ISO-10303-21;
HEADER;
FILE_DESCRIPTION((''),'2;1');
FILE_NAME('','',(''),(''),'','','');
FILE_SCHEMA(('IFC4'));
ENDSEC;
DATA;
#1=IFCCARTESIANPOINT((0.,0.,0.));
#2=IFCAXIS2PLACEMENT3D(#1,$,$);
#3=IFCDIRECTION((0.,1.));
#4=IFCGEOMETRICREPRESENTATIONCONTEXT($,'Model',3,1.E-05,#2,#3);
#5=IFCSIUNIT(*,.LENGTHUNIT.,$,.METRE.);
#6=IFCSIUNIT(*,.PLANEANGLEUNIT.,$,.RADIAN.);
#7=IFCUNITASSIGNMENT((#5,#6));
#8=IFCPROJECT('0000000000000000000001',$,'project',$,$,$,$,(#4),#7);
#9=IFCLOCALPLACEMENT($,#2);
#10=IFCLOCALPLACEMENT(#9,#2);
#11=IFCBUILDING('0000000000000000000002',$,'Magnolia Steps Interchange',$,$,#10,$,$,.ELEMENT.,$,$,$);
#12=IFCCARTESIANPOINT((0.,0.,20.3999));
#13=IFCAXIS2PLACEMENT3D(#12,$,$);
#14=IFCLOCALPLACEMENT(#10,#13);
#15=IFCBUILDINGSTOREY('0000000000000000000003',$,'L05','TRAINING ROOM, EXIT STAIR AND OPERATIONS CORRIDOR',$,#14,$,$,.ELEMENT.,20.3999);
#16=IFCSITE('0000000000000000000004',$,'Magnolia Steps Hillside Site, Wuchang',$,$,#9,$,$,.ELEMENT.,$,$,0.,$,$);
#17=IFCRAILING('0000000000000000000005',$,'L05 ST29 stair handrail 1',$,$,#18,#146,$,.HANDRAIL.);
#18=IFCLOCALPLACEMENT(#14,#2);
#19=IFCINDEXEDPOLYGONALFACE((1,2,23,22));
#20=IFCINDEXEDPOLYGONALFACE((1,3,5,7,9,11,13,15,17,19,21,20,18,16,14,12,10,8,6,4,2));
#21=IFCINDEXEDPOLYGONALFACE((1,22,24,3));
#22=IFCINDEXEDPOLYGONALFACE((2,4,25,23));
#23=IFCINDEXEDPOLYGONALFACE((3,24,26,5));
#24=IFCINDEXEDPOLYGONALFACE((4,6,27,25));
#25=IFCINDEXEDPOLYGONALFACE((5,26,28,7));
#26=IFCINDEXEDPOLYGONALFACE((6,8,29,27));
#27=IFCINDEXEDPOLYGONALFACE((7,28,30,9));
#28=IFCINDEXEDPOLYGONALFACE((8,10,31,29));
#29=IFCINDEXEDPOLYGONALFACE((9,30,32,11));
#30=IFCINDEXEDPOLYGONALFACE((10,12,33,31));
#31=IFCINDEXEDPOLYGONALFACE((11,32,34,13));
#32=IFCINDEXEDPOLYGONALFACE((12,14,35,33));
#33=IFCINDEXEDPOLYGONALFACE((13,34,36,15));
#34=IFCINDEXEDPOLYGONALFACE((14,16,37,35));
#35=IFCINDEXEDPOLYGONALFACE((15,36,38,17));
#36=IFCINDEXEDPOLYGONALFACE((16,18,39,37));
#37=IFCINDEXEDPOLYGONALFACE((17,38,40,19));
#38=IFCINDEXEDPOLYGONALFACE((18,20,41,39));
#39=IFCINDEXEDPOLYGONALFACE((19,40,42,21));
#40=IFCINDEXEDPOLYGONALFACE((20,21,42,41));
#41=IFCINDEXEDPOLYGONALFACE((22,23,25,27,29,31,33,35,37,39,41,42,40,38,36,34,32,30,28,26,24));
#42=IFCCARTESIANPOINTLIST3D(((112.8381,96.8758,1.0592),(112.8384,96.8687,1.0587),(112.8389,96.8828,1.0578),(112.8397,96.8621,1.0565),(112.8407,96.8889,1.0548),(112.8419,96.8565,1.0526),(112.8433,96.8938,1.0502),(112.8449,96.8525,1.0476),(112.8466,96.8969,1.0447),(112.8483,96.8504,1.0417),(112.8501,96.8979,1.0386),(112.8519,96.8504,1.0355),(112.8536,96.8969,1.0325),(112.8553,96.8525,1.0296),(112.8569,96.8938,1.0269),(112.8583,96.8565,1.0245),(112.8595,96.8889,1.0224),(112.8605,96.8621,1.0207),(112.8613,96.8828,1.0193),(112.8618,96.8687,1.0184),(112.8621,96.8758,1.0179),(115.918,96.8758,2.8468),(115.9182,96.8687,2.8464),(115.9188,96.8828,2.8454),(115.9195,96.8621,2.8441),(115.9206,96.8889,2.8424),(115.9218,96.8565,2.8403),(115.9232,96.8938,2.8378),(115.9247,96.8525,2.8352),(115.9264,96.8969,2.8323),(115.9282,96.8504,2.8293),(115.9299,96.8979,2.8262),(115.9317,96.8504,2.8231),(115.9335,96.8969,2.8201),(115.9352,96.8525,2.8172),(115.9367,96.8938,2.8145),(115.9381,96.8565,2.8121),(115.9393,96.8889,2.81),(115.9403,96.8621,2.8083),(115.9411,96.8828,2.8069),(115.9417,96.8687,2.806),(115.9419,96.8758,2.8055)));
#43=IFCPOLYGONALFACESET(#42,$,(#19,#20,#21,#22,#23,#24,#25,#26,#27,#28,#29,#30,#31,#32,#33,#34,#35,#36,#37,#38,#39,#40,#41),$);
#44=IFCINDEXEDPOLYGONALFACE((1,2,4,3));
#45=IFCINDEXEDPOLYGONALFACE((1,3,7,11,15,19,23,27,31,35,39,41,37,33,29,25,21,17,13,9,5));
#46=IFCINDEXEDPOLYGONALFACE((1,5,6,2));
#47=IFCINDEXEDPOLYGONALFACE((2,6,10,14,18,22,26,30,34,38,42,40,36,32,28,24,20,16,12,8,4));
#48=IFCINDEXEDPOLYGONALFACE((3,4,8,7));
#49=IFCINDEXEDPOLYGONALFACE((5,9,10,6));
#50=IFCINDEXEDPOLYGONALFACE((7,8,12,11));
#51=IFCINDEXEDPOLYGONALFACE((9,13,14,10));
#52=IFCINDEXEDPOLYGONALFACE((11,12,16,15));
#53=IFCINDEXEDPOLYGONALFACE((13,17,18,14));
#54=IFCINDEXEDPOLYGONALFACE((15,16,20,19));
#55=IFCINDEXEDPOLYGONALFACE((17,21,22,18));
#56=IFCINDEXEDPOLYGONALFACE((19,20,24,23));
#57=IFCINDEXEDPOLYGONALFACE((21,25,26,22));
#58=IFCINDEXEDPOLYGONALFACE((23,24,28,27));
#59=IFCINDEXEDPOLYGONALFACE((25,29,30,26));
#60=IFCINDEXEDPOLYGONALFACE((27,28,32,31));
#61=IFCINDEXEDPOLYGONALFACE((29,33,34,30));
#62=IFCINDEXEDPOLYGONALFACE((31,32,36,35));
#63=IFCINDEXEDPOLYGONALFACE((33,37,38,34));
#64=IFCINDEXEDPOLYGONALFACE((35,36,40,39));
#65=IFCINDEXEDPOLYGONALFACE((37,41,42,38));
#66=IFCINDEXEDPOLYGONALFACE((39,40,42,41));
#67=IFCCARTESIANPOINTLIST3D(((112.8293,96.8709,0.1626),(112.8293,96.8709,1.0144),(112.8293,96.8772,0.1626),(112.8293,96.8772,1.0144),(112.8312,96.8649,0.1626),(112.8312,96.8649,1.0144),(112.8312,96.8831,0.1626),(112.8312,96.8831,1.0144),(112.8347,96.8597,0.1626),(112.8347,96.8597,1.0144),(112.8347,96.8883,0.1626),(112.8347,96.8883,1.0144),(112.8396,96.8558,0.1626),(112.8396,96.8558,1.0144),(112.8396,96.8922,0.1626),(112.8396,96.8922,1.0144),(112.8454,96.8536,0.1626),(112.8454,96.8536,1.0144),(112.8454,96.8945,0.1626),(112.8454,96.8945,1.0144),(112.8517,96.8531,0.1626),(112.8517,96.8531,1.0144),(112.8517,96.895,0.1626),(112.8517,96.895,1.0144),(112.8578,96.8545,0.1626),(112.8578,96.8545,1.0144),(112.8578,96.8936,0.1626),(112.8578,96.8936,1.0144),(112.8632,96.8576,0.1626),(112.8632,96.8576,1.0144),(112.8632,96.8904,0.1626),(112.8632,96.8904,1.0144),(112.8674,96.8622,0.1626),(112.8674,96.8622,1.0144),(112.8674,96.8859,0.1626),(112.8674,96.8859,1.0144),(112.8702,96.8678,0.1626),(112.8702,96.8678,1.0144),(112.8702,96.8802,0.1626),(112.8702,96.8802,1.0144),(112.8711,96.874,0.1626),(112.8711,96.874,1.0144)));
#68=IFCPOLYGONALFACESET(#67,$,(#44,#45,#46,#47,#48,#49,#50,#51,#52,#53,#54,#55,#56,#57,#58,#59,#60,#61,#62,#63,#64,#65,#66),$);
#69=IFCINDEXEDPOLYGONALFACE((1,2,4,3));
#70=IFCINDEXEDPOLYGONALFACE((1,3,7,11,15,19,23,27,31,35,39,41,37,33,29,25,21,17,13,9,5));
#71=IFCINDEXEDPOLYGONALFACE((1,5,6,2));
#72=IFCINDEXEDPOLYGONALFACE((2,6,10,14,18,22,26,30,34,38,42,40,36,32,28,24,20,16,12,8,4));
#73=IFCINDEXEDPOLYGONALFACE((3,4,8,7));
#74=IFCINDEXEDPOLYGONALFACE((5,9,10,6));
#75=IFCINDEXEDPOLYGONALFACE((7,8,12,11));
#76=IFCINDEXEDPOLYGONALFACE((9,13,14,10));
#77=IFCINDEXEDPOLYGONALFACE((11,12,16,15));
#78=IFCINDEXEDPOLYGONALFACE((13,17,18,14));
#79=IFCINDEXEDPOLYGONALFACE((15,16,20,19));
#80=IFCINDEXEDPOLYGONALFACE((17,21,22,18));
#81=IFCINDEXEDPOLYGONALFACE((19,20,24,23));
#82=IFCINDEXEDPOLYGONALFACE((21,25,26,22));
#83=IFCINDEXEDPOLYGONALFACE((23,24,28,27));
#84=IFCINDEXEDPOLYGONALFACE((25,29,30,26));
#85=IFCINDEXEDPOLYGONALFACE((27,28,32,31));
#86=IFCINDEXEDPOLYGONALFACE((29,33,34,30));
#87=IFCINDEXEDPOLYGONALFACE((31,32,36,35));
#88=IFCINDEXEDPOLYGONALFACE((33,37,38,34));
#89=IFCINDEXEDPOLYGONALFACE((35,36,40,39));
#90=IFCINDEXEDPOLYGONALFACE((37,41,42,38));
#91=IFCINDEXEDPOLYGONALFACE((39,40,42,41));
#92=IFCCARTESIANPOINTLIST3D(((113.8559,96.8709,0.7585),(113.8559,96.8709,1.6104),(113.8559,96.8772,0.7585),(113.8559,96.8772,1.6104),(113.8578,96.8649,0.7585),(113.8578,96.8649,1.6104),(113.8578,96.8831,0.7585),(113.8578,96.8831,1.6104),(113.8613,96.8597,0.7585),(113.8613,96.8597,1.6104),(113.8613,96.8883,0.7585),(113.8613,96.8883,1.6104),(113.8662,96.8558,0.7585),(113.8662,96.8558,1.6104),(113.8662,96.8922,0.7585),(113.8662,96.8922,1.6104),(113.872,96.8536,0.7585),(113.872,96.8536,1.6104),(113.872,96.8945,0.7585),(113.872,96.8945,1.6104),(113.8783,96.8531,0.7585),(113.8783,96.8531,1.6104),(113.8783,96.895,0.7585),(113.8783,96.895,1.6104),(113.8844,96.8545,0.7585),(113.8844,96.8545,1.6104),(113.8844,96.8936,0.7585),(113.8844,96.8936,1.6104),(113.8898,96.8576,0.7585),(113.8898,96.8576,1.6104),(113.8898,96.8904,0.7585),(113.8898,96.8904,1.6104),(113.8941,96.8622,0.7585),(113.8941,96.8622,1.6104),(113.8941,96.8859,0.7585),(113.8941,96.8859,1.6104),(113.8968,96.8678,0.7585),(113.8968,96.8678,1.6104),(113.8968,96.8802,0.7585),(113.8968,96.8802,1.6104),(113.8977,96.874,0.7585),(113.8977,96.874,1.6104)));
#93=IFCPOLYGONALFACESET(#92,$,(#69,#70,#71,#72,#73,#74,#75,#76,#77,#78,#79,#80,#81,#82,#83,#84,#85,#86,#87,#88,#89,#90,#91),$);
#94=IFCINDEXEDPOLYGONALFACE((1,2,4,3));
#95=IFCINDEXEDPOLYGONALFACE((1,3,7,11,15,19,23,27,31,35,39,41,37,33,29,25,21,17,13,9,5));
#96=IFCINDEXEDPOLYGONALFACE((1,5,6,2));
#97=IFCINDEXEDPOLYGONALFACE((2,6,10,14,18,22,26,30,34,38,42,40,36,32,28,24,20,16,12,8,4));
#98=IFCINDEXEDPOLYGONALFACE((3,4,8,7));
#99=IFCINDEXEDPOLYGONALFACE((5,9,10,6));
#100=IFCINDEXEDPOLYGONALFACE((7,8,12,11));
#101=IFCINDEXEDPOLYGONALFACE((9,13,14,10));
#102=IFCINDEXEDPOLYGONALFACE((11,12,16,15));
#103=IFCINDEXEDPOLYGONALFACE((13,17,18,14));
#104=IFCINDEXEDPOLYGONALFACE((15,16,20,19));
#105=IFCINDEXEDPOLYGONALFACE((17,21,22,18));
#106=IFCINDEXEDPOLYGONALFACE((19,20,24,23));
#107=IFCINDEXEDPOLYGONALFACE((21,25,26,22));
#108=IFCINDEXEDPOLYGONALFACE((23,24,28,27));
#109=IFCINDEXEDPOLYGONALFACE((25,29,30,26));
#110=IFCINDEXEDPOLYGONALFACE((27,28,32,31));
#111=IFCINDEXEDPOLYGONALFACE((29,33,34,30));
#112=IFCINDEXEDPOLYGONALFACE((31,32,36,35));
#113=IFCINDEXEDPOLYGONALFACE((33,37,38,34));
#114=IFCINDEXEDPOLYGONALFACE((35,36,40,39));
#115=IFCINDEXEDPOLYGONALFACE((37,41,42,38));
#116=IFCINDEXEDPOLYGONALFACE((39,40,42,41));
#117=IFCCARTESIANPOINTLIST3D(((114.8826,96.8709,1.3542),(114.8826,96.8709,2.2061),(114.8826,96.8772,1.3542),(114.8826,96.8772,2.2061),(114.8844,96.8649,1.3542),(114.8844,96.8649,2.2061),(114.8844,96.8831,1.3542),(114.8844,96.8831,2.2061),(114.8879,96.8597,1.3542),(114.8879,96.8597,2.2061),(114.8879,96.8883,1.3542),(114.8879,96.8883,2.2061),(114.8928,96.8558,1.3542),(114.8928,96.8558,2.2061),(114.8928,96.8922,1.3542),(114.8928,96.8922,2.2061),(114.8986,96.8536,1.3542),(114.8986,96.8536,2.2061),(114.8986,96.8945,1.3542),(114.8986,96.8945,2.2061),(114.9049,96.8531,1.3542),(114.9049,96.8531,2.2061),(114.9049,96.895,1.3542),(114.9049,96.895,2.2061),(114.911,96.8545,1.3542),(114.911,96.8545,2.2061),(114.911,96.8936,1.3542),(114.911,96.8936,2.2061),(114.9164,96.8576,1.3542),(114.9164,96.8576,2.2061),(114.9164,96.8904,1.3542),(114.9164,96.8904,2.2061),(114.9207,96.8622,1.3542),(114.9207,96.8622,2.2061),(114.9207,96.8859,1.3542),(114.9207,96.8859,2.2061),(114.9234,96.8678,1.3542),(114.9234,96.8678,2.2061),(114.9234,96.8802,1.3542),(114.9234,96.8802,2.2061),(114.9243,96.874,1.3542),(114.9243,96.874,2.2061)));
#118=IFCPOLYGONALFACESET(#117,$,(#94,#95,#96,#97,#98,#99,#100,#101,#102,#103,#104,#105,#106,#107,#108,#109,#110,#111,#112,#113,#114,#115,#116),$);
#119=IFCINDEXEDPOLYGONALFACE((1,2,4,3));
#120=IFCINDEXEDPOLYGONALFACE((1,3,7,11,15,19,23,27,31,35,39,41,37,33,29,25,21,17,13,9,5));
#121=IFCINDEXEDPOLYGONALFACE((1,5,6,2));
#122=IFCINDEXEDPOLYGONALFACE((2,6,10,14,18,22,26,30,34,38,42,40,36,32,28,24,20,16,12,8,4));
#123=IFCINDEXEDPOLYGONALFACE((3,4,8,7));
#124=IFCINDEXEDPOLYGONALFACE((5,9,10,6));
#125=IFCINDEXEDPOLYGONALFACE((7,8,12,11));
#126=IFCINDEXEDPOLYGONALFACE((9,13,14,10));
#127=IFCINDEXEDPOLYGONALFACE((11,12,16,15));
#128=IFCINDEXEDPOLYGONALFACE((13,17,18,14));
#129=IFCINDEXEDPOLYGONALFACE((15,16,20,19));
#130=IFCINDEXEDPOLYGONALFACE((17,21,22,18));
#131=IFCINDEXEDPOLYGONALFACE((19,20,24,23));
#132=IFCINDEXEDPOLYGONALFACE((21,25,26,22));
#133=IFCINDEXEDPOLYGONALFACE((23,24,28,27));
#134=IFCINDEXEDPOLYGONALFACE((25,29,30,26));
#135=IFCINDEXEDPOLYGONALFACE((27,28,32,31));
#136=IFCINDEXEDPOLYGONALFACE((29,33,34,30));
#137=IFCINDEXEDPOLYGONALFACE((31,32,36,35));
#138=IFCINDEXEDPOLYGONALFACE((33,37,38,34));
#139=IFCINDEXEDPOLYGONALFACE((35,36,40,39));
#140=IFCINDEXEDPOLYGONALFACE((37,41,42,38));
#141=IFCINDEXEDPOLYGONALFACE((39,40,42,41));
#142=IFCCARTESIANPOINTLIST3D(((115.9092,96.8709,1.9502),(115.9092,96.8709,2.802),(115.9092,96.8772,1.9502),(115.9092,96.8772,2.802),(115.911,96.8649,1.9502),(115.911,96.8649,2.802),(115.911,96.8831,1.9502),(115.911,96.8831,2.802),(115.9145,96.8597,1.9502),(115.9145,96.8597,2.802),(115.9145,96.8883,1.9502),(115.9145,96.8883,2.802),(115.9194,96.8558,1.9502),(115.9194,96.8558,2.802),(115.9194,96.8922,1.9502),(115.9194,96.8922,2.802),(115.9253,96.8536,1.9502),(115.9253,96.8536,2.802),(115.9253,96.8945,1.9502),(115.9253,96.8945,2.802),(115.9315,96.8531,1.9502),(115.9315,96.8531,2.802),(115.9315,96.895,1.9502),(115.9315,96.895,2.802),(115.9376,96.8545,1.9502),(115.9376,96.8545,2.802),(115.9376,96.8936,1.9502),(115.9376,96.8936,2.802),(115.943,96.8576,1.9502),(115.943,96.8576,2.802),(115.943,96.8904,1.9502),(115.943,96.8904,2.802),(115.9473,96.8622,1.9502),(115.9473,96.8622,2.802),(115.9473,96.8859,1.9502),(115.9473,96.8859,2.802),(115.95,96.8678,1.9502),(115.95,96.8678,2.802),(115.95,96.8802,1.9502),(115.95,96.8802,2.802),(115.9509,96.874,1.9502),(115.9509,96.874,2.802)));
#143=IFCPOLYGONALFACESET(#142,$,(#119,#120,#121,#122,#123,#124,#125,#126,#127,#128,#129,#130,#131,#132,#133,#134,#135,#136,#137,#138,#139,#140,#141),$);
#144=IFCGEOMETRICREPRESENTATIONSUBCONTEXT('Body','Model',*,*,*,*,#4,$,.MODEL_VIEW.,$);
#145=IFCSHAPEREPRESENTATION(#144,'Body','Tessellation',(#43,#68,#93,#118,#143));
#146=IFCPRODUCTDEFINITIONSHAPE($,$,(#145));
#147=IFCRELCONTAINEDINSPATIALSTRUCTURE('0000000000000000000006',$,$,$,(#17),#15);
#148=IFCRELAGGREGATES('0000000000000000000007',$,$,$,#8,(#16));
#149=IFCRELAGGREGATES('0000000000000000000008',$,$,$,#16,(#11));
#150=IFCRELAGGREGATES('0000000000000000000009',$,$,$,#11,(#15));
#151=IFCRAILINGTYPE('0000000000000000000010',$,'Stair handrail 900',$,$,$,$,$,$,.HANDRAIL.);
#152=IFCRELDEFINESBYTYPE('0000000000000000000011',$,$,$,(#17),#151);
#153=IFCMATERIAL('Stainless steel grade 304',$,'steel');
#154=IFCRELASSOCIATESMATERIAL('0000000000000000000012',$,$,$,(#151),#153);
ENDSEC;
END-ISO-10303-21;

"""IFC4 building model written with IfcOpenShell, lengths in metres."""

from ifc_helpers import new_model, si_unit, direction, frame, origin, origin_2d, place, context, subcontext, project, spatial, circle, extrude, material, type_object, element, save


model = new_model("IFC4")

# Units and contexts
model_context = context("Model", 3, precision=1e-05, world=origin(), true_north=direction((0.0, 1.0)))
body_context = subcontext(model_context, "Body", "Model", "MODEL_VIEW")
ifc_project = project(units=[si_unit("LENGTHUNIT", "METRE"), si_unit("PLANEANGLEUNIT", "RADIAN")], contexts=[model_context])

# Site, building, storey
site_placement = place(None, origin())
site = spatial("IfcSite", under=ifc_project, at=site_placement, Name="Magnolia Steps Hillside Site, Wuchang", CompositionType="ELEMENT", RefElevation=0.0)
building_placement = place(site_placement, origin())
building = spatial("IfcBuilding", under=site, at=building_placement, Name="Magnolia Steps Interchange", CompositionType="ELEMENT")
storey_placement = place(building_placement, frame((0.0, 0.0, 20.3999)))
storey = spatial("IfcBuildingStorey", under=building, at=storey_placement, Name="L05", Description="TRAINING ROOM, EXIT STAIR AND OPERATIONS CORRIDOR", CompositionType="ELEMENT", Elevation=20.3999)

# Railing
ifc_material_1 = material(Name="Stainless steel grade 304", Category="steel")
railing_type_1 = type_object("IfcRailingType", Name="Stair handrail 900", PredefinedType="HANDRAIL", material=ifc_material_1)
railing_1_placement = place(storey_placement, frame((112.8501, 96.874, 0.1626)))
element("IfcRailing", 1, at=railing_1_placement, inside=storey, type_object=railing_type_1, Name="L05 ST29 stair handrail 1", PredefinedType="HANDRAIL", context=body_context, shape_type="SweptSolid", body=[
    extrude(circle(Radius=0.0239, at=origin_2d()), frame((0.0, 0.0, 0.876), z_axis=(0.864873, 0.0, 0.50199), x_axis=(0.0, 1.0, 0.0)), (0.0, 0.0, 1.0), 3.561),
    extrude(circle(Radius=0.021, at=origin_2d()), origin(), (0.0, 0.0, 1.0), 0.8518),
    extrude(circle(Radius=0.021, at=origin_2d()), frame((1.0266, 0.0, 0.5959)), (0.0, 0.0, 1.0), 0.8518),
    extrude(circle(Radius=0.021, at=origin_2d()), frame((2.0532, 0.0, 1.1917)), (0.0, 0.0, 1.0), 0.8518),
    extrude(circle(Radius=0.021, at=origin_2d()), frame((3.0798, 0.0, 1.7876)), (0.0, 0.0, 1.0), 0.8518),
])

save(model, "model.ifc")
